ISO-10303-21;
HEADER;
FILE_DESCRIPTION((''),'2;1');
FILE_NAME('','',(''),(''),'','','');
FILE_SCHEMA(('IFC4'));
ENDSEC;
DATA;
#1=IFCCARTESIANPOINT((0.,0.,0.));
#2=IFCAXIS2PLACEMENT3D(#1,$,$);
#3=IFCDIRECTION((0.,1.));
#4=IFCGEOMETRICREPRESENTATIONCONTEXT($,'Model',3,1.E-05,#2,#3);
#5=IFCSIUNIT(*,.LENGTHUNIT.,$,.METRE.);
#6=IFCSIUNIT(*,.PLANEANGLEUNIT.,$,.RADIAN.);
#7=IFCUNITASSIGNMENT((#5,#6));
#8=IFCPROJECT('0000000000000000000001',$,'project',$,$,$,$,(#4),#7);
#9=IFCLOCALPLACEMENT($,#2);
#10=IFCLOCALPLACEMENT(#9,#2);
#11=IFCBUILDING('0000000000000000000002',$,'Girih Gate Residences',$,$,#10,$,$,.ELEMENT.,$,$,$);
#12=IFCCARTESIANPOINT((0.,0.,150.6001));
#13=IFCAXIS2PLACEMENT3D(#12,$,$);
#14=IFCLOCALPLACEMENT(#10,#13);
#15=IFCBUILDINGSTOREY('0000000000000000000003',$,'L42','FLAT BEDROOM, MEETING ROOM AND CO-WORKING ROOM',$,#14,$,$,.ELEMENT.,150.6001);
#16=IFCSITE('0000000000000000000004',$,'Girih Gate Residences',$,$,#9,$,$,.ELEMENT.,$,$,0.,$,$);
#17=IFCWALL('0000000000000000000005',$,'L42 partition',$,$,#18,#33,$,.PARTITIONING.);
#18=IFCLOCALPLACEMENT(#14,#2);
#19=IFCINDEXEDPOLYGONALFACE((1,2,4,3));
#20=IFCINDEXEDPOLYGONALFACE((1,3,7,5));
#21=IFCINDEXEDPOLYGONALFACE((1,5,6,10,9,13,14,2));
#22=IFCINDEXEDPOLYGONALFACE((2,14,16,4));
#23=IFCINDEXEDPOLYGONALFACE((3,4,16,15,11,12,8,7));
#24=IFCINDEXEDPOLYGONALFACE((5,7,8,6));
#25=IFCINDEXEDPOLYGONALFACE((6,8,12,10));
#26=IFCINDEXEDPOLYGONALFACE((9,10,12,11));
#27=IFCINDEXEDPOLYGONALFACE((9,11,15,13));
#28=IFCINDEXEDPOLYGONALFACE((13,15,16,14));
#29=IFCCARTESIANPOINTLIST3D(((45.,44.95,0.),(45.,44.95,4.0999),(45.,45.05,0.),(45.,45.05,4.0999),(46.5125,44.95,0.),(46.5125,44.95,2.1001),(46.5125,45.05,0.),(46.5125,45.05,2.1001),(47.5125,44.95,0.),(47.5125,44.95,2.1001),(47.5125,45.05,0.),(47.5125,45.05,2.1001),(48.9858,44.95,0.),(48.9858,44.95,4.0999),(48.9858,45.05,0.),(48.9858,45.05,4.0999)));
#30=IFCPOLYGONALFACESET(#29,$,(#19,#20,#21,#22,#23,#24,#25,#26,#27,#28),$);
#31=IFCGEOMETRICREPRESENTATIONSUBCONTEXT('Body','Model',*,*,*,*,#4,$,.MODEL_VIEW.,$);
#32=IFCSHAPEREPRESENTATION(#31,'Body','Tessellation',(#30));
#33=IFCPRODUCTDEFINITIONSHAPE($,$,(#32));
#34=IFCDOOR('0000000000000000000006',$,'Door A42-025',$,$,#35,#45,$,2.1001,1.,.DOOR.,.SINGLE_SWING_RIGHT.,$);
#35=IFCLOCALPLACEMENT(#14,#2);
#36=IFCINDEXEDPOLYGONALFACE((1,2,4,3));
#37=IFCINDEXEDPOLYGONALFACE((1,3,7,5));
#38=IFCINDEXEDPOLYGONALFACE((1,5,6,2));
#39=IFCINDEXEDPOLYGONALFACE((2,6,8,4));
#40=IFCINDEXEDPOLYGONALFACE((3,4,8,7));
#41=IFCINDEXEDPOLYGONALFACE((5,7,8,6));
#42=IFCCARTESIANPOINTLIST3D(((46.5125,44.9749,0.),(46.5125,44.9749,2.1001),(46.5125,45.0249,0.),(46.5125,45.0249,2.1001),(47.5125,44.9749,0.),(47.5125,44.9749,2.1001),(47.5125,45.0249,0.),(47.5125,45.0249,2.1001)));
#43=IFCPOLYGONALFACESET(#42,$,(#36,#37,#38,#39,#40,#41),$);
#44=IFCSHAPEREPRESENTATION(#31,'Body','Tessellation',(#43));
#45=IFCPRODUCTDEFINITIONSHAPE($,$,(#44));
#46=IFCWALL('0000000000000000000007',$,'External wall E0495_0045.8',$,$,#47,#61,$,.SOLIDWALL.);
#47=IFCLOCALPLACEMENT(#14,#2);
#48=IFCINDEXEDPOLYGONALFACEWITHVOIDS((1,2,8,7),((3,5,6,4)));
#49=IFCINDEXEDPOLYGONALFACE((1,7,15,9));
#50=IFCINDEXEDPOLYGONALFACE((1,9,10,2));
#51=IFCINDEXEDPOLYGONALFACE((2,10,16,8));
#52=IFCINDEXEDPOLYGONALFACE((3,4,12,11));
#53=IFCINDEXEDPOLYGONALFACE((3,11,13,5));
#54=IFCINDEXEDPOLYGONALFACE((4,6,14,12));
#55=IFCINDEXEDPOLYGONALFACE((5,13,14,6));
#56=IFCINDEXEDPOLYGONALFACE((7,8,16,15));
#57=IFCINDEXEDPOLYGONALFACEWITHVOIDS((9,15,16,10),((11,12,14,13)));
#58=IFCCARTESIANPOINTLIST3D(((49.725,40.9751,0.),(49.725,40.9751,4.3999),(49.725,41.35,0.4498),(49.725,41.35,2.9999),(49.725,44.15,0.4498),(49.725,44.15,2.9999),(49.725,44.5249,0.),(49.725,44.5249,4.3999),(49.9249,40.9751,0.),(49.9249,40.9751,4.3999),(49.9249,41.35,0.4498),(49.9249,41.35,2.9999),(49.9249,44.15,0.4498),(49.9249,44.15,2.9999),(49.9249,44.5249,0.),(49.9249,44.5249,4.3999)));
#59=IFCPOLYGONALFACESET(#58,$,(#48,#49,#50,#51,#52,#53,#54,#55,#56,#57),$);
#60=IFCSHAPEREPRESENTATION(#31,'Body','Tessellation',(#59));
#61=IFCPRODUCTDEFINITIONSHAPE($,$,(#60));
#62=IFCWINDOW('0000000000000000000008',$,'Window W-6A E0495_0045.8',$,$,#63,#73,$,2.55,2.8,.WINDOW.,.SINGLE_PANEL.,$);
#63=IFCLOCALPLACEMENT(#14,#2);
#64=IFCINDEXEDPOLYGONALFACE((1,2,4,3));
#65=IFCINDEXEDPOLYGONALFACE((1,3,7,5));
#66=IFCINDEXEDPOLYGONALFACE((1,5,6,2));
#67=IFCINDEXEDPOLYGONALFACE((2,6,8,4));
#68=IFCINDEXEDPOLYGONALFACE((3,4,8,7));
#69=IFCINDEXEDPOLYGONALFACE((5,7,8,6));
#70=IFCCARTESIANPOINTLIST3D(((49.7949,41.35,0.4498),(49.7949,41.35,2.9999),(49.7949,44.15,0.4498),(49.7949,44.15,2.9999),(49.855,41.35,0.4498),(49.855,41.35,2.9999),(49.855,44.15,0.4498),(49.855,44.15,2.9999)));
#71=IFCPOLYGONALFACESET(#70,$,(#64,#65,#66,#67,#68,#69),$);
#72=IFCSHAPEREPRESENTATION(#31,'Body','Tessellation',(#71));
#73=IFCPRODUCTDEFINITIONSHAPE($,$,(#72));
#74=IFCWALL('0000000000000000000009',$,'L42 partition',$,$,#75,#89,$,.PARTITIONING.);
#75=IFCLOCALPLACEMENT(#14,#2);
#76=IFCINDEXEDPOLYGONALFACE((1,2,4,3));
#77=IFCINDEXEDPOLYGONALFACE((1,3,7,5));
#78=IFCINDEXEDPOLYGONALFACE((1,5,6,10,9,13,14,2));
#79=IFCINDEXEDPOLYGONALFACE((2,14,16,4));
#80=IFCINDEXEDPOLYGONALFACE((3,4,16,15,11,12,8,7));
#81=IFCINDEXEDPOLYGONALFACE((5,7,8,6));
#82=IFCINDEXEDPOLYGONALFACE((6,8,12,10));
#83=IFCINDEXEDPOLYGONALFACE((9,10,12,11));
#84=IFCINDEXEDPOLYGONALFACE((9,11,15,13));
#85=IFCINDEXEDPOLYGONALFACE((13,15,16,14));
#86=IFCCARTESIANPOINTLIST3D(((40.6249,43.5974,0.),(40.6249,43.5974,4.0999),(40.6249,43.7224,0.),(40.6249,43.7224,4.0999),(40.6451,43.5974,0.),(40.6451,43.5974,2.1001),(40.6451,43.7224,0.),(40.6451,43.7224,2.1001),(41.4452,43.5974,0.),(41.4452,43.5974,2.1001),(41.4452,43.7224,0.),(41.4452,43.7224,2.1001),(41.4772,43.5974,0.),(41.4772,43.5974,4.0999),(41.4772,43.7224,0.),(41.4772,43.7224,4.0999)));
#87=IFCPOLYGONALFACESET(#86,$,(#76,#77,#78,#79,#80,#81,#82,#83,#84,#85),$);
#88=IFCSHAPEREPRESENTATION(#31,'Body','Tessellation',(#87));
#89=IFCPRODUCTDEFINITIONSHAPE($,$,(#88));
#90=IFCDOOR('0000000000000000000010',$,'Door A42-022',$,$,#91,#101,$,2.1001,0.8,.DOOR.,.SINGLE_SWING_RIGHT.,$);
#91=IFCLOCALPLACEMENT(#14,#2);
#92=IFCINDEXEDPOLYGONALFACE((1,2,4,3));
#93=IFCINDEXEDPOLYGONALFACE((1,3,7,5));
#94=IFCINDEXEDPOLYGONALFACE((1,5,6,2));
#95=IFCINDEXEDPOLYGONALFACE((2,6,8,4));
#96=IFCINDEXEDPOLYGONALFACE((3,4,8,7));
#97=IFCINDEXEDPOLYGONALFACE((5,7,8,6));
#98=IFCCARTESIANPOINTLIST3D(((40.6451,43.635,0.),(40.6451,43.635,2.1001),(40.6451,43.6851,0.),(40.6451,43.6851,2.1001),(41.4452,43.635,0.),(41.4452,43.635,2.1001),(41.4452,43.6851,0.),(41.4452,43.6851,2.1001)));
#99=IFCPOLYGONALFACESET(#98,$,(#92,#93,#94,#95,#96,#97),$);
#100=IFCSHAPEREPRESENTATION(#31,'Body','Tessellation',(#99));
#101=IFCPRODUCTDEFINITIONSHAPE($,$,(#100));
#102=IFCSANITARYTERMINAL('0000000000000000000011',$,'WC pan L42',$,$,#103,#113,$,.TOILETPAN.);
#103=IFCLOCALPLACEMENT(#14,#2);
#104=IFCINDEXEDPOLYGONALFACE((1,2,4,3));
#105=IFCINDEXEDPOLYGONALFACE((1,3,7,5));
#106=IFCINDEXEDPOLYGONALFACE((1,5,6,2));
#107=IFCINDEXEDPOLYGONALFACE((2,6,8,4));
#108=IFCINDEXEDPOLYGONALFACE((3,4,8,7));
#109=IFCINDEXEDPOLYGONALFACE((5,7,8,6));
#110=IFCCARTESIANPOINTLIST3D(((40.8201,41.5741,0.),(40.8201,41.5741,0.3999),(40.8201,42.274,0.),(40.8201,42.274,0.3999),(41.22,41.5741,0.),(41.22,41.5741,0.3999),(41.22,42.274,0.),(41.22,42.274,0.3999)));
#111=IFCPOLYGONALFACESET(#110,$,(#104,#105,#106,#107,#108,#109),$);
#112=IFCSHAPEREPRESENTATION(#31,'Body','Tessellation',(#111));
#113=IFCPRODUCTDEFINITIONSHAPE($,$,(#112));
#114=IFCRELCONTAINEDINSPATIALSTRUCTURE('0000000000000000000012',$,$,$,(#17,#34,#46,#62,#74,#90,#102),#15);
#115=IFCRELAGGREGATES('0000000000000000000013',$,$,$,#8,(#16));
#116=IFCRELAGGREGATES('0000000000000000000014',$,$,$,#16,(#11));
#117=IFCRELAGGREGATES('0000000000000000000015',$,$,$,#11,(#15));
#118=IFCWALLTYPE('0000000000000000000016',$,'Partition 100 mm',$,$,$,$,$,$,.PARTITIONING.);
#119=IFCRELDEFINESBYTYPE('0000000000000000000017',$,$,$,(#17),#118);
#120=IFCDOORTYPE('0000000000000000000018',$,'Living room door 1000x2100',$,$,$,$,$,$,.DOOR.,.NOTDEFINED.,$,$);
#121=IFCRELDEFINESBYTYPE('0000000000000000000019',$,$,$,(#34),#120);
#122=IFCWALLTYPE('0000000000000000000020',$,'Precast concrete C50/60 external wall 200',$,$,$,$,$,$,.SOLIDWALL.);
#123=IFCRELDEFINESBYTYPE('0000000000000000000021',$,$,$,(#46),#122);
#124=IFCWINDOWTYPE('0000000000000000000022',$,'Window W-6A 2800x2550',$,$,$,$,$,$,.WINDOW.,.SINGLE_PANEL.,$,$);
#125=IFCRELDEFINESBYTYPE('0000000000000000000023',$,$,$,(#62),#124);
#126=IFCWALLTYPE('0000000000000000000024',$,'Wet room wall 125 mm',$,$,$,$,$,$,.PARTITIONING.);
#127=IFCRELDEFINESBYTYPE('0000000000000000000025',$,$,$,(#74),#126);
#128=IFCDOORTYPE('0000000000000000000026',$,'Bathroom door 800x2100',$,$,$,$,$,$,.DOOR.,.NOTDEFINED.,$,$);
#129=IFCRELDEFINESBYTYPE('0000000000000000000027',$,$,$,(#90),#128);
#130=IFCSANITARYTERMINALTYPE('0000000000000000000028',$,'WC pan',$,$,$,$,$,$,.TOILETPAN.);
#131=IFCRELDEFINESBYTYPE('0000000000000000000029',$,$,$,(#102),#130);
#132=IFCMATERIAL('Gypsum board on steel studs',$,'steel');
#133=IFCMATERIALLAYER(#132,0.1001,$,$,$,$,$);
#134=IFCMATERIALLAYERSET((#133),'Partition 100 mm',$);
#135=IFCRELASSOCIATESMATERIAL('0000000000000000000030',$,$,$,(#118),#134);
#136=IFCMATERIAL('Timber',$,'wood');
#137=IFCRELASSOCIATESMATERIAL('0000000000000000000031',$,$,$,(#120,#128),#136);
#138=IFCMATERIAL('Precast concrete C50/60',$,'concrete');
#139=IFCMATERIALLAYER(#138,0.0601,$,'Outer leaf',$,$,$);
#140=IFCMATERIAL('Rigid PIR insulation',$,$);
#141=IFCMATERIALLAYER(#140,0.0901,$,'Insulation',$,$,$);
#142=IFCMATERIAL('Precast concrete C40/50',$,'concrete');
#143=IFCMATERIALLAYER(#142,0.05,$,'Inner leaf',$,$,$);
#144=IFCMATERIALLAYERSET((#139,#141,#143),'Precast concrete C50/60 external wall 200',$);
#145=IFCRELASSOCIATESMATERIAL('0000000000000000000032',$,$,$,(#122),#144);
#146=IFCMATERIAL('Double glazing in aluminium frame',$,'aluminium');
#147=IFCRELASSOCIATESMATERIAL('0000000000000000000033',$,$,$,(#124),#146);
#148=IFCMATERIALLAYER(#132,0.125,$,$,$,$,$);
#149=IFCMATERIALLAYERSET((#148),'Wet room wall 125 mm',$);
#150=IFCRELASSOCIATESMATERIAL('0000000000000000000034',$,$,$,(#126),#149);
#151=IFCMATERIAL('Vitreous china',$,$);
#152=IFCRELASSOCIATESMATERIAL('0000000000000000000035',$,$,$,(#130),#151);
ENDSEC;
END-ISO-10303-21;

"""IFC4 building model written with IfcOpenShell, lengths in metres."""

from ifc_helpers import new_model, si_unit, direction, frame, frame_2d, origin, origin_2d, place, context, subcontext, project, spatial, rectangle, extrude, material, layer, layer_set, type_object, element, fill, save


model = new_model("IFC4")

# Units and contexts
model_context = context("Model", 3, precision=1e-05, world=origin(), true_north=direction((0.0, 1.0)))
body_context = subcontext(model_context, "Body", "Model", "MODEL_VIEW")
ifc_project = project(units=[si_unit("LENGTHUNIT", "METRE"), si_unit("PLANEANGLEUNIT", "RADIAN")], contexts=[model_context])

# Site, building, storey
site_placement = place(None, origin())
site = spatial("IfcSite", under=ifc_project, at=site_placement, Name="Girih Gate Residences", CompositionType="ELEMENT", RefElevation=0.0)
building_placement = place(site_placement, origin())
building = spatial("IfcBuilding", under=site, at=building_placement, Name="Girih Gate Residences", CompositionType="ELEMENT")
storey_placement = place(building_placement, frame((0.0, 0.0, 150.6001)))
storey = spatial("IfcBuildingStorey", under=building, at=storey_placement, Name="L42", Description="FLAT BEDROOM, MEETING ROOM AND CO-WORKING ROOM", CompositionType="ELEMENT", Elevation=150.6001)

# Shared definitions
ifc_material_1 = material(Name="Gypsum board on steel studs", Category="steel")

# Shared definitions
ifc_material_2 = material(Name="Timber", Category="wood")
ifc_layer_1 = layer(ifc_material_1, 0.1001)
ifc_layer_set_1 = layer_set([ifc_layer_1], Name="Partition 100 mm")
wall_type_1 = type_object("IfcWallType", Name="Partition 100 mm", PredefinedType="PARTITIONING", material=ifc_layer_set_1)

# Wall, opening, door
wall_1_placement = place(storey_placement, frame((45.0, 45.0, 0.0), z_axis=(0.0, 0.0, 1.0), x_axis=(1.0, 0.0, 0.0)))
wall_1 = element("IfcWall", 1, at=wall_1_placement, inside=storey, type_object=wall_type_1, Name="L42 partition", PredefinedType="PARTITIONING", context=body_context, shape_type="SweptSolid", body=[
    extrude(rectangle(XDim=3.9858, YDim=0.1001, at=frame_2d((1.9929, 0.0))), origin(), (0.0, 0.0, 1.0), 4.0999),
])
opening_1_placement = place(wall_1_placement, frame((1.5125, 0.0, 0.0)))
opening_1 = element("IfcOpeningElement", 2, at=opening_1_placement, cuts=wall_1, PredefinedType="OPENING", context=body_context, shape_type="SweptSolid", body=[
    extrude(rectangle(XDim=1.0, YDim=2.1001, at=frame_2d((0.5, 1.05))), frame((0.0, 0.0601, 0.0), z_axis=(0.0, -1.0, 0.0), x_axis=(1.0, 0.0, 0.0)), (0.0, 0.0, 1.0), 0.1201),
])
door_type_1 = type_object("IfcDoorType", Name="Living room door 1000x2100", OperationType="NOTDEFINED", PredefinedType="DOOR", material=ifc_material_2)
door_1_placement = place(opening_1_placement, origin())
door_1 = element("IfcDoor", 3, at=door_1_placement, inside=storey, type_object=door_type_1, Name="Door A42-025", OperationType="SINGLE_SWING_RIGHT", OverallHeight=2.1001, OverallWidth=1.0, PredefinedType="DOOR", context=body_context, shape_type="SweptSolid", body=[
    extrude(rectangle(XDim=1.0, YDim=2.1001, at=frame_2d((0.5, 1.05))), frame((0.0, 0.0249, 0.0), z_axis=(0.0, -1.0, 0.0), x_axis=(1.0, 0.0, 0.0)), (0.0, 0.0, 1.0), 0.05),
])
fill(opening_1, door_1)

# Wall, opening, window
ifc_material_3 = material(Name="Precast concrete C50/60", Category="concrete")
ifc_layer_2 = layer(ifc_material_3, 0.0601, Name="Outer leaf")
ifc_material_4 = material(Name="Rigid PIR insulation")
ifc_layer_3 = layer(ifc_material_4, 0.0901, Name="Insulation")
ifc_material_5 = material(Name="Precast concrete C40/50", Category="concrete")
ifc_layer_4 = layer(ifc_material_5, 0.05, Name="Inner leaf")
ifc_layer_set_2 = layer_set([ifc_layer_2, ifc_layer_3, ifc_layer_4], Name="Precast concrete C50/60 external wall 200")
wall_type_2 = type_object("IfcWallType", Name="Precast concrete C50/60 external wall 200", PredefinedType="SOLIDWALL", material=ifc_layer_set_2)
wall_2_placement = place(storey_placement, frame((49.825, 44.5249, 0.0), z_axis=(0.0, 0.0, 1.0), x_axis=(0.0, -1.0, 0.0)))
wall_2 = element("IfcWall", 4, at=wall_2_placement, inside=storey, type_object=wall_type_2, Name="External wall E0495_0045.8", PredefinedType="SOLIDWALL", context=body_context, shape_type="SweptSolid", body=[
    extrude(rectangle(XDim=3.5498, YDim=0.2, at=frame_2d((1.7749, 0.0))), origin(), (0.0, 0.0, 1.0), 4.3999),
])
opening_2_placement = place(wall_2_placement, frame((0.375, 0.0, 0.45)))
opening_2 = element("IfcOpeningElement", 5, at=opening_2_placement, cuts=wall_2, PredefinedType="OPENING", context=body_context, shape_type="SweptSolid", body=[
    extrude(rectangle(XDim=2.8, YDim=2.55, at=frame_2d((1.3999, 1.2749))), frame((0.0, 0.1099, 0.0), z_axis=(0.0, -1.0, 0.0), x_axis=(1.0, 0.0, 0.0)), (0.0, 0.0, 1.0), 0.22),
])
ifc_material_6 = material(Name="Double glazing in aluminium frame", Category="aluminium")
window_type = type_object("IfcWindowType", Name="Window W-6A 2800x2550", PartitioningType="SINGLE_PANEL", PredefinedType="WINDOW", material=ifc_material_6)
window_placement = place(opening_2_placement, origin())
window = element("IfcWindow", 6, at=window_placement, inside=storey, type_object=window_type, Name="Window W-6A E0495_0045.8", OverallHeight=2.55, OverallWidth=2.8, PartitioningType="SINGLE_PANEL", PredefinedType="WINDOW", context=body_context, shape_type="SweptSolid", body=[
    extrude(rectangle(XDim=2.8, YDim=2.55, at=frame_2d((1.3999, 1.2749))), frame((0.0, 0.03, 0.0), z_axis=(0.0, -1.0, 0.0), x_axis=(1.0, 0.0, 0.0)), (0.0, 0.0, 1.0), 0.0601),
])
fill(opening_2, window)

# Wall, opening, door
ifc_layer_5 = layer(ifc_material_1, 0.125)
ifc_layer_set_3 = layer_set([ifc_layer_5], Name="Wet room wall 125 mm")
wall_type_3 = type_object("IfcWallType", Name="Wet room wall 125 mm", PredefinedType="PARTITIONING", material=ifc_layer_set_3)
wall_3_placement = place(storey_placement, frame((41.4773, 43.6599, 0.0), z_axis=(0.0, 0.0, 1.0), x_axis=(-1.0, 0.0, 0.0)))
wall_3 = element("IfcWall", 7, at=wall_3_placement, inside=storey, type_object=wall_type_3, Name="L42 partition", PredefinedType="PARTITIONING", context=body_context, shape_type="SweptSolid", body=[
    extrude(rectangle(XDim=0.8523, YDim=0.125, at=frame_2d((0.4263, 0.0))), origin(), (0.0, 0.0, 1.0), 4.0999),
])
opening_3_placement = place(wall_3_placement, frame((0.0322, 0.0, 0.0)))
opening_3 = element("IfcOpeningElement", 8, at=opening_3_placement, cuts=wall_3, PredefinedType="OPENING", context=body_context, shape_type="SweptSolid", body=[
    extrude(rectangle(XDim=0.8, YDim=2.1001, at=frame_2d((0.3999, 1.05))), frame((0.0, 0.0725, 0.0), z_axis=(0.0, -1.0, 0.0), x_axis=(1.0, 0.0, 0.0)), (0.0, 0.0, 1.0), 0.145),
])
door_type_2 = type_object("IfcDoorType", Name="Bathroom door 800x2100", OperationType="NOTDEFINED", PredefinedType="DOOR", material=ifc_material_2)
door_2_placement = place(opening_3_placement, origin())
door_2 = element("IfcDoor", 9, at=door_2_placement, inside=storey, type_object=door_type_2, Name="Door A42-022", OperationType="SINGLE_SWING_RIGHT", OverallHeight=2.1001, OverallWidth=0.8, PredefinedType="DOOR", context=body_context, shape_type="SweptSolid", body=[
    extrude(rectangle(XDim=0.8, YDim=2.1001, at=frame_2d((0.3999, 1.05))), frame((0.0, 0.0249, 0.0), z_axis=(0.0, -1.0, 0.0), x_axis=(1.0, 0.0, 0.0)), (0.0, 0.0, 1.0), 0.05),
])
fill(opening_3, door_2)

# Sanitary terminal
ifc_material_7 = material(Name="Vitreous china")
sanitary_terminal_type = type_object("IfcSanitaryTerminalType", Name="WC pan", PredefinedType="TOILETPAN", material=ifc_material_7)
sanitary_terminal_placement = place(storey_placement, frame((41.02, 41.9241, 0.0), z_axis=(0.0, 0.0, 1.0), x_axis=(1.0, 0.0, 0.0)))
element("IfcSanitaryTerminal", 10, at=sanitary_terminal_placement, inside=storey, type_object=sanitary_terminal_type, Name="WC pan L42", PredefinedType="TOILETPAN", context=body_context, shape_type="SweptSolid", body=[
    extrude(rectangle(XDim=0.3999, YDim=0.7, at=origin_2d()), origin(), (0.0, 0.0, 1.0), 0.3999),
])

save(model, "model.ifc")
